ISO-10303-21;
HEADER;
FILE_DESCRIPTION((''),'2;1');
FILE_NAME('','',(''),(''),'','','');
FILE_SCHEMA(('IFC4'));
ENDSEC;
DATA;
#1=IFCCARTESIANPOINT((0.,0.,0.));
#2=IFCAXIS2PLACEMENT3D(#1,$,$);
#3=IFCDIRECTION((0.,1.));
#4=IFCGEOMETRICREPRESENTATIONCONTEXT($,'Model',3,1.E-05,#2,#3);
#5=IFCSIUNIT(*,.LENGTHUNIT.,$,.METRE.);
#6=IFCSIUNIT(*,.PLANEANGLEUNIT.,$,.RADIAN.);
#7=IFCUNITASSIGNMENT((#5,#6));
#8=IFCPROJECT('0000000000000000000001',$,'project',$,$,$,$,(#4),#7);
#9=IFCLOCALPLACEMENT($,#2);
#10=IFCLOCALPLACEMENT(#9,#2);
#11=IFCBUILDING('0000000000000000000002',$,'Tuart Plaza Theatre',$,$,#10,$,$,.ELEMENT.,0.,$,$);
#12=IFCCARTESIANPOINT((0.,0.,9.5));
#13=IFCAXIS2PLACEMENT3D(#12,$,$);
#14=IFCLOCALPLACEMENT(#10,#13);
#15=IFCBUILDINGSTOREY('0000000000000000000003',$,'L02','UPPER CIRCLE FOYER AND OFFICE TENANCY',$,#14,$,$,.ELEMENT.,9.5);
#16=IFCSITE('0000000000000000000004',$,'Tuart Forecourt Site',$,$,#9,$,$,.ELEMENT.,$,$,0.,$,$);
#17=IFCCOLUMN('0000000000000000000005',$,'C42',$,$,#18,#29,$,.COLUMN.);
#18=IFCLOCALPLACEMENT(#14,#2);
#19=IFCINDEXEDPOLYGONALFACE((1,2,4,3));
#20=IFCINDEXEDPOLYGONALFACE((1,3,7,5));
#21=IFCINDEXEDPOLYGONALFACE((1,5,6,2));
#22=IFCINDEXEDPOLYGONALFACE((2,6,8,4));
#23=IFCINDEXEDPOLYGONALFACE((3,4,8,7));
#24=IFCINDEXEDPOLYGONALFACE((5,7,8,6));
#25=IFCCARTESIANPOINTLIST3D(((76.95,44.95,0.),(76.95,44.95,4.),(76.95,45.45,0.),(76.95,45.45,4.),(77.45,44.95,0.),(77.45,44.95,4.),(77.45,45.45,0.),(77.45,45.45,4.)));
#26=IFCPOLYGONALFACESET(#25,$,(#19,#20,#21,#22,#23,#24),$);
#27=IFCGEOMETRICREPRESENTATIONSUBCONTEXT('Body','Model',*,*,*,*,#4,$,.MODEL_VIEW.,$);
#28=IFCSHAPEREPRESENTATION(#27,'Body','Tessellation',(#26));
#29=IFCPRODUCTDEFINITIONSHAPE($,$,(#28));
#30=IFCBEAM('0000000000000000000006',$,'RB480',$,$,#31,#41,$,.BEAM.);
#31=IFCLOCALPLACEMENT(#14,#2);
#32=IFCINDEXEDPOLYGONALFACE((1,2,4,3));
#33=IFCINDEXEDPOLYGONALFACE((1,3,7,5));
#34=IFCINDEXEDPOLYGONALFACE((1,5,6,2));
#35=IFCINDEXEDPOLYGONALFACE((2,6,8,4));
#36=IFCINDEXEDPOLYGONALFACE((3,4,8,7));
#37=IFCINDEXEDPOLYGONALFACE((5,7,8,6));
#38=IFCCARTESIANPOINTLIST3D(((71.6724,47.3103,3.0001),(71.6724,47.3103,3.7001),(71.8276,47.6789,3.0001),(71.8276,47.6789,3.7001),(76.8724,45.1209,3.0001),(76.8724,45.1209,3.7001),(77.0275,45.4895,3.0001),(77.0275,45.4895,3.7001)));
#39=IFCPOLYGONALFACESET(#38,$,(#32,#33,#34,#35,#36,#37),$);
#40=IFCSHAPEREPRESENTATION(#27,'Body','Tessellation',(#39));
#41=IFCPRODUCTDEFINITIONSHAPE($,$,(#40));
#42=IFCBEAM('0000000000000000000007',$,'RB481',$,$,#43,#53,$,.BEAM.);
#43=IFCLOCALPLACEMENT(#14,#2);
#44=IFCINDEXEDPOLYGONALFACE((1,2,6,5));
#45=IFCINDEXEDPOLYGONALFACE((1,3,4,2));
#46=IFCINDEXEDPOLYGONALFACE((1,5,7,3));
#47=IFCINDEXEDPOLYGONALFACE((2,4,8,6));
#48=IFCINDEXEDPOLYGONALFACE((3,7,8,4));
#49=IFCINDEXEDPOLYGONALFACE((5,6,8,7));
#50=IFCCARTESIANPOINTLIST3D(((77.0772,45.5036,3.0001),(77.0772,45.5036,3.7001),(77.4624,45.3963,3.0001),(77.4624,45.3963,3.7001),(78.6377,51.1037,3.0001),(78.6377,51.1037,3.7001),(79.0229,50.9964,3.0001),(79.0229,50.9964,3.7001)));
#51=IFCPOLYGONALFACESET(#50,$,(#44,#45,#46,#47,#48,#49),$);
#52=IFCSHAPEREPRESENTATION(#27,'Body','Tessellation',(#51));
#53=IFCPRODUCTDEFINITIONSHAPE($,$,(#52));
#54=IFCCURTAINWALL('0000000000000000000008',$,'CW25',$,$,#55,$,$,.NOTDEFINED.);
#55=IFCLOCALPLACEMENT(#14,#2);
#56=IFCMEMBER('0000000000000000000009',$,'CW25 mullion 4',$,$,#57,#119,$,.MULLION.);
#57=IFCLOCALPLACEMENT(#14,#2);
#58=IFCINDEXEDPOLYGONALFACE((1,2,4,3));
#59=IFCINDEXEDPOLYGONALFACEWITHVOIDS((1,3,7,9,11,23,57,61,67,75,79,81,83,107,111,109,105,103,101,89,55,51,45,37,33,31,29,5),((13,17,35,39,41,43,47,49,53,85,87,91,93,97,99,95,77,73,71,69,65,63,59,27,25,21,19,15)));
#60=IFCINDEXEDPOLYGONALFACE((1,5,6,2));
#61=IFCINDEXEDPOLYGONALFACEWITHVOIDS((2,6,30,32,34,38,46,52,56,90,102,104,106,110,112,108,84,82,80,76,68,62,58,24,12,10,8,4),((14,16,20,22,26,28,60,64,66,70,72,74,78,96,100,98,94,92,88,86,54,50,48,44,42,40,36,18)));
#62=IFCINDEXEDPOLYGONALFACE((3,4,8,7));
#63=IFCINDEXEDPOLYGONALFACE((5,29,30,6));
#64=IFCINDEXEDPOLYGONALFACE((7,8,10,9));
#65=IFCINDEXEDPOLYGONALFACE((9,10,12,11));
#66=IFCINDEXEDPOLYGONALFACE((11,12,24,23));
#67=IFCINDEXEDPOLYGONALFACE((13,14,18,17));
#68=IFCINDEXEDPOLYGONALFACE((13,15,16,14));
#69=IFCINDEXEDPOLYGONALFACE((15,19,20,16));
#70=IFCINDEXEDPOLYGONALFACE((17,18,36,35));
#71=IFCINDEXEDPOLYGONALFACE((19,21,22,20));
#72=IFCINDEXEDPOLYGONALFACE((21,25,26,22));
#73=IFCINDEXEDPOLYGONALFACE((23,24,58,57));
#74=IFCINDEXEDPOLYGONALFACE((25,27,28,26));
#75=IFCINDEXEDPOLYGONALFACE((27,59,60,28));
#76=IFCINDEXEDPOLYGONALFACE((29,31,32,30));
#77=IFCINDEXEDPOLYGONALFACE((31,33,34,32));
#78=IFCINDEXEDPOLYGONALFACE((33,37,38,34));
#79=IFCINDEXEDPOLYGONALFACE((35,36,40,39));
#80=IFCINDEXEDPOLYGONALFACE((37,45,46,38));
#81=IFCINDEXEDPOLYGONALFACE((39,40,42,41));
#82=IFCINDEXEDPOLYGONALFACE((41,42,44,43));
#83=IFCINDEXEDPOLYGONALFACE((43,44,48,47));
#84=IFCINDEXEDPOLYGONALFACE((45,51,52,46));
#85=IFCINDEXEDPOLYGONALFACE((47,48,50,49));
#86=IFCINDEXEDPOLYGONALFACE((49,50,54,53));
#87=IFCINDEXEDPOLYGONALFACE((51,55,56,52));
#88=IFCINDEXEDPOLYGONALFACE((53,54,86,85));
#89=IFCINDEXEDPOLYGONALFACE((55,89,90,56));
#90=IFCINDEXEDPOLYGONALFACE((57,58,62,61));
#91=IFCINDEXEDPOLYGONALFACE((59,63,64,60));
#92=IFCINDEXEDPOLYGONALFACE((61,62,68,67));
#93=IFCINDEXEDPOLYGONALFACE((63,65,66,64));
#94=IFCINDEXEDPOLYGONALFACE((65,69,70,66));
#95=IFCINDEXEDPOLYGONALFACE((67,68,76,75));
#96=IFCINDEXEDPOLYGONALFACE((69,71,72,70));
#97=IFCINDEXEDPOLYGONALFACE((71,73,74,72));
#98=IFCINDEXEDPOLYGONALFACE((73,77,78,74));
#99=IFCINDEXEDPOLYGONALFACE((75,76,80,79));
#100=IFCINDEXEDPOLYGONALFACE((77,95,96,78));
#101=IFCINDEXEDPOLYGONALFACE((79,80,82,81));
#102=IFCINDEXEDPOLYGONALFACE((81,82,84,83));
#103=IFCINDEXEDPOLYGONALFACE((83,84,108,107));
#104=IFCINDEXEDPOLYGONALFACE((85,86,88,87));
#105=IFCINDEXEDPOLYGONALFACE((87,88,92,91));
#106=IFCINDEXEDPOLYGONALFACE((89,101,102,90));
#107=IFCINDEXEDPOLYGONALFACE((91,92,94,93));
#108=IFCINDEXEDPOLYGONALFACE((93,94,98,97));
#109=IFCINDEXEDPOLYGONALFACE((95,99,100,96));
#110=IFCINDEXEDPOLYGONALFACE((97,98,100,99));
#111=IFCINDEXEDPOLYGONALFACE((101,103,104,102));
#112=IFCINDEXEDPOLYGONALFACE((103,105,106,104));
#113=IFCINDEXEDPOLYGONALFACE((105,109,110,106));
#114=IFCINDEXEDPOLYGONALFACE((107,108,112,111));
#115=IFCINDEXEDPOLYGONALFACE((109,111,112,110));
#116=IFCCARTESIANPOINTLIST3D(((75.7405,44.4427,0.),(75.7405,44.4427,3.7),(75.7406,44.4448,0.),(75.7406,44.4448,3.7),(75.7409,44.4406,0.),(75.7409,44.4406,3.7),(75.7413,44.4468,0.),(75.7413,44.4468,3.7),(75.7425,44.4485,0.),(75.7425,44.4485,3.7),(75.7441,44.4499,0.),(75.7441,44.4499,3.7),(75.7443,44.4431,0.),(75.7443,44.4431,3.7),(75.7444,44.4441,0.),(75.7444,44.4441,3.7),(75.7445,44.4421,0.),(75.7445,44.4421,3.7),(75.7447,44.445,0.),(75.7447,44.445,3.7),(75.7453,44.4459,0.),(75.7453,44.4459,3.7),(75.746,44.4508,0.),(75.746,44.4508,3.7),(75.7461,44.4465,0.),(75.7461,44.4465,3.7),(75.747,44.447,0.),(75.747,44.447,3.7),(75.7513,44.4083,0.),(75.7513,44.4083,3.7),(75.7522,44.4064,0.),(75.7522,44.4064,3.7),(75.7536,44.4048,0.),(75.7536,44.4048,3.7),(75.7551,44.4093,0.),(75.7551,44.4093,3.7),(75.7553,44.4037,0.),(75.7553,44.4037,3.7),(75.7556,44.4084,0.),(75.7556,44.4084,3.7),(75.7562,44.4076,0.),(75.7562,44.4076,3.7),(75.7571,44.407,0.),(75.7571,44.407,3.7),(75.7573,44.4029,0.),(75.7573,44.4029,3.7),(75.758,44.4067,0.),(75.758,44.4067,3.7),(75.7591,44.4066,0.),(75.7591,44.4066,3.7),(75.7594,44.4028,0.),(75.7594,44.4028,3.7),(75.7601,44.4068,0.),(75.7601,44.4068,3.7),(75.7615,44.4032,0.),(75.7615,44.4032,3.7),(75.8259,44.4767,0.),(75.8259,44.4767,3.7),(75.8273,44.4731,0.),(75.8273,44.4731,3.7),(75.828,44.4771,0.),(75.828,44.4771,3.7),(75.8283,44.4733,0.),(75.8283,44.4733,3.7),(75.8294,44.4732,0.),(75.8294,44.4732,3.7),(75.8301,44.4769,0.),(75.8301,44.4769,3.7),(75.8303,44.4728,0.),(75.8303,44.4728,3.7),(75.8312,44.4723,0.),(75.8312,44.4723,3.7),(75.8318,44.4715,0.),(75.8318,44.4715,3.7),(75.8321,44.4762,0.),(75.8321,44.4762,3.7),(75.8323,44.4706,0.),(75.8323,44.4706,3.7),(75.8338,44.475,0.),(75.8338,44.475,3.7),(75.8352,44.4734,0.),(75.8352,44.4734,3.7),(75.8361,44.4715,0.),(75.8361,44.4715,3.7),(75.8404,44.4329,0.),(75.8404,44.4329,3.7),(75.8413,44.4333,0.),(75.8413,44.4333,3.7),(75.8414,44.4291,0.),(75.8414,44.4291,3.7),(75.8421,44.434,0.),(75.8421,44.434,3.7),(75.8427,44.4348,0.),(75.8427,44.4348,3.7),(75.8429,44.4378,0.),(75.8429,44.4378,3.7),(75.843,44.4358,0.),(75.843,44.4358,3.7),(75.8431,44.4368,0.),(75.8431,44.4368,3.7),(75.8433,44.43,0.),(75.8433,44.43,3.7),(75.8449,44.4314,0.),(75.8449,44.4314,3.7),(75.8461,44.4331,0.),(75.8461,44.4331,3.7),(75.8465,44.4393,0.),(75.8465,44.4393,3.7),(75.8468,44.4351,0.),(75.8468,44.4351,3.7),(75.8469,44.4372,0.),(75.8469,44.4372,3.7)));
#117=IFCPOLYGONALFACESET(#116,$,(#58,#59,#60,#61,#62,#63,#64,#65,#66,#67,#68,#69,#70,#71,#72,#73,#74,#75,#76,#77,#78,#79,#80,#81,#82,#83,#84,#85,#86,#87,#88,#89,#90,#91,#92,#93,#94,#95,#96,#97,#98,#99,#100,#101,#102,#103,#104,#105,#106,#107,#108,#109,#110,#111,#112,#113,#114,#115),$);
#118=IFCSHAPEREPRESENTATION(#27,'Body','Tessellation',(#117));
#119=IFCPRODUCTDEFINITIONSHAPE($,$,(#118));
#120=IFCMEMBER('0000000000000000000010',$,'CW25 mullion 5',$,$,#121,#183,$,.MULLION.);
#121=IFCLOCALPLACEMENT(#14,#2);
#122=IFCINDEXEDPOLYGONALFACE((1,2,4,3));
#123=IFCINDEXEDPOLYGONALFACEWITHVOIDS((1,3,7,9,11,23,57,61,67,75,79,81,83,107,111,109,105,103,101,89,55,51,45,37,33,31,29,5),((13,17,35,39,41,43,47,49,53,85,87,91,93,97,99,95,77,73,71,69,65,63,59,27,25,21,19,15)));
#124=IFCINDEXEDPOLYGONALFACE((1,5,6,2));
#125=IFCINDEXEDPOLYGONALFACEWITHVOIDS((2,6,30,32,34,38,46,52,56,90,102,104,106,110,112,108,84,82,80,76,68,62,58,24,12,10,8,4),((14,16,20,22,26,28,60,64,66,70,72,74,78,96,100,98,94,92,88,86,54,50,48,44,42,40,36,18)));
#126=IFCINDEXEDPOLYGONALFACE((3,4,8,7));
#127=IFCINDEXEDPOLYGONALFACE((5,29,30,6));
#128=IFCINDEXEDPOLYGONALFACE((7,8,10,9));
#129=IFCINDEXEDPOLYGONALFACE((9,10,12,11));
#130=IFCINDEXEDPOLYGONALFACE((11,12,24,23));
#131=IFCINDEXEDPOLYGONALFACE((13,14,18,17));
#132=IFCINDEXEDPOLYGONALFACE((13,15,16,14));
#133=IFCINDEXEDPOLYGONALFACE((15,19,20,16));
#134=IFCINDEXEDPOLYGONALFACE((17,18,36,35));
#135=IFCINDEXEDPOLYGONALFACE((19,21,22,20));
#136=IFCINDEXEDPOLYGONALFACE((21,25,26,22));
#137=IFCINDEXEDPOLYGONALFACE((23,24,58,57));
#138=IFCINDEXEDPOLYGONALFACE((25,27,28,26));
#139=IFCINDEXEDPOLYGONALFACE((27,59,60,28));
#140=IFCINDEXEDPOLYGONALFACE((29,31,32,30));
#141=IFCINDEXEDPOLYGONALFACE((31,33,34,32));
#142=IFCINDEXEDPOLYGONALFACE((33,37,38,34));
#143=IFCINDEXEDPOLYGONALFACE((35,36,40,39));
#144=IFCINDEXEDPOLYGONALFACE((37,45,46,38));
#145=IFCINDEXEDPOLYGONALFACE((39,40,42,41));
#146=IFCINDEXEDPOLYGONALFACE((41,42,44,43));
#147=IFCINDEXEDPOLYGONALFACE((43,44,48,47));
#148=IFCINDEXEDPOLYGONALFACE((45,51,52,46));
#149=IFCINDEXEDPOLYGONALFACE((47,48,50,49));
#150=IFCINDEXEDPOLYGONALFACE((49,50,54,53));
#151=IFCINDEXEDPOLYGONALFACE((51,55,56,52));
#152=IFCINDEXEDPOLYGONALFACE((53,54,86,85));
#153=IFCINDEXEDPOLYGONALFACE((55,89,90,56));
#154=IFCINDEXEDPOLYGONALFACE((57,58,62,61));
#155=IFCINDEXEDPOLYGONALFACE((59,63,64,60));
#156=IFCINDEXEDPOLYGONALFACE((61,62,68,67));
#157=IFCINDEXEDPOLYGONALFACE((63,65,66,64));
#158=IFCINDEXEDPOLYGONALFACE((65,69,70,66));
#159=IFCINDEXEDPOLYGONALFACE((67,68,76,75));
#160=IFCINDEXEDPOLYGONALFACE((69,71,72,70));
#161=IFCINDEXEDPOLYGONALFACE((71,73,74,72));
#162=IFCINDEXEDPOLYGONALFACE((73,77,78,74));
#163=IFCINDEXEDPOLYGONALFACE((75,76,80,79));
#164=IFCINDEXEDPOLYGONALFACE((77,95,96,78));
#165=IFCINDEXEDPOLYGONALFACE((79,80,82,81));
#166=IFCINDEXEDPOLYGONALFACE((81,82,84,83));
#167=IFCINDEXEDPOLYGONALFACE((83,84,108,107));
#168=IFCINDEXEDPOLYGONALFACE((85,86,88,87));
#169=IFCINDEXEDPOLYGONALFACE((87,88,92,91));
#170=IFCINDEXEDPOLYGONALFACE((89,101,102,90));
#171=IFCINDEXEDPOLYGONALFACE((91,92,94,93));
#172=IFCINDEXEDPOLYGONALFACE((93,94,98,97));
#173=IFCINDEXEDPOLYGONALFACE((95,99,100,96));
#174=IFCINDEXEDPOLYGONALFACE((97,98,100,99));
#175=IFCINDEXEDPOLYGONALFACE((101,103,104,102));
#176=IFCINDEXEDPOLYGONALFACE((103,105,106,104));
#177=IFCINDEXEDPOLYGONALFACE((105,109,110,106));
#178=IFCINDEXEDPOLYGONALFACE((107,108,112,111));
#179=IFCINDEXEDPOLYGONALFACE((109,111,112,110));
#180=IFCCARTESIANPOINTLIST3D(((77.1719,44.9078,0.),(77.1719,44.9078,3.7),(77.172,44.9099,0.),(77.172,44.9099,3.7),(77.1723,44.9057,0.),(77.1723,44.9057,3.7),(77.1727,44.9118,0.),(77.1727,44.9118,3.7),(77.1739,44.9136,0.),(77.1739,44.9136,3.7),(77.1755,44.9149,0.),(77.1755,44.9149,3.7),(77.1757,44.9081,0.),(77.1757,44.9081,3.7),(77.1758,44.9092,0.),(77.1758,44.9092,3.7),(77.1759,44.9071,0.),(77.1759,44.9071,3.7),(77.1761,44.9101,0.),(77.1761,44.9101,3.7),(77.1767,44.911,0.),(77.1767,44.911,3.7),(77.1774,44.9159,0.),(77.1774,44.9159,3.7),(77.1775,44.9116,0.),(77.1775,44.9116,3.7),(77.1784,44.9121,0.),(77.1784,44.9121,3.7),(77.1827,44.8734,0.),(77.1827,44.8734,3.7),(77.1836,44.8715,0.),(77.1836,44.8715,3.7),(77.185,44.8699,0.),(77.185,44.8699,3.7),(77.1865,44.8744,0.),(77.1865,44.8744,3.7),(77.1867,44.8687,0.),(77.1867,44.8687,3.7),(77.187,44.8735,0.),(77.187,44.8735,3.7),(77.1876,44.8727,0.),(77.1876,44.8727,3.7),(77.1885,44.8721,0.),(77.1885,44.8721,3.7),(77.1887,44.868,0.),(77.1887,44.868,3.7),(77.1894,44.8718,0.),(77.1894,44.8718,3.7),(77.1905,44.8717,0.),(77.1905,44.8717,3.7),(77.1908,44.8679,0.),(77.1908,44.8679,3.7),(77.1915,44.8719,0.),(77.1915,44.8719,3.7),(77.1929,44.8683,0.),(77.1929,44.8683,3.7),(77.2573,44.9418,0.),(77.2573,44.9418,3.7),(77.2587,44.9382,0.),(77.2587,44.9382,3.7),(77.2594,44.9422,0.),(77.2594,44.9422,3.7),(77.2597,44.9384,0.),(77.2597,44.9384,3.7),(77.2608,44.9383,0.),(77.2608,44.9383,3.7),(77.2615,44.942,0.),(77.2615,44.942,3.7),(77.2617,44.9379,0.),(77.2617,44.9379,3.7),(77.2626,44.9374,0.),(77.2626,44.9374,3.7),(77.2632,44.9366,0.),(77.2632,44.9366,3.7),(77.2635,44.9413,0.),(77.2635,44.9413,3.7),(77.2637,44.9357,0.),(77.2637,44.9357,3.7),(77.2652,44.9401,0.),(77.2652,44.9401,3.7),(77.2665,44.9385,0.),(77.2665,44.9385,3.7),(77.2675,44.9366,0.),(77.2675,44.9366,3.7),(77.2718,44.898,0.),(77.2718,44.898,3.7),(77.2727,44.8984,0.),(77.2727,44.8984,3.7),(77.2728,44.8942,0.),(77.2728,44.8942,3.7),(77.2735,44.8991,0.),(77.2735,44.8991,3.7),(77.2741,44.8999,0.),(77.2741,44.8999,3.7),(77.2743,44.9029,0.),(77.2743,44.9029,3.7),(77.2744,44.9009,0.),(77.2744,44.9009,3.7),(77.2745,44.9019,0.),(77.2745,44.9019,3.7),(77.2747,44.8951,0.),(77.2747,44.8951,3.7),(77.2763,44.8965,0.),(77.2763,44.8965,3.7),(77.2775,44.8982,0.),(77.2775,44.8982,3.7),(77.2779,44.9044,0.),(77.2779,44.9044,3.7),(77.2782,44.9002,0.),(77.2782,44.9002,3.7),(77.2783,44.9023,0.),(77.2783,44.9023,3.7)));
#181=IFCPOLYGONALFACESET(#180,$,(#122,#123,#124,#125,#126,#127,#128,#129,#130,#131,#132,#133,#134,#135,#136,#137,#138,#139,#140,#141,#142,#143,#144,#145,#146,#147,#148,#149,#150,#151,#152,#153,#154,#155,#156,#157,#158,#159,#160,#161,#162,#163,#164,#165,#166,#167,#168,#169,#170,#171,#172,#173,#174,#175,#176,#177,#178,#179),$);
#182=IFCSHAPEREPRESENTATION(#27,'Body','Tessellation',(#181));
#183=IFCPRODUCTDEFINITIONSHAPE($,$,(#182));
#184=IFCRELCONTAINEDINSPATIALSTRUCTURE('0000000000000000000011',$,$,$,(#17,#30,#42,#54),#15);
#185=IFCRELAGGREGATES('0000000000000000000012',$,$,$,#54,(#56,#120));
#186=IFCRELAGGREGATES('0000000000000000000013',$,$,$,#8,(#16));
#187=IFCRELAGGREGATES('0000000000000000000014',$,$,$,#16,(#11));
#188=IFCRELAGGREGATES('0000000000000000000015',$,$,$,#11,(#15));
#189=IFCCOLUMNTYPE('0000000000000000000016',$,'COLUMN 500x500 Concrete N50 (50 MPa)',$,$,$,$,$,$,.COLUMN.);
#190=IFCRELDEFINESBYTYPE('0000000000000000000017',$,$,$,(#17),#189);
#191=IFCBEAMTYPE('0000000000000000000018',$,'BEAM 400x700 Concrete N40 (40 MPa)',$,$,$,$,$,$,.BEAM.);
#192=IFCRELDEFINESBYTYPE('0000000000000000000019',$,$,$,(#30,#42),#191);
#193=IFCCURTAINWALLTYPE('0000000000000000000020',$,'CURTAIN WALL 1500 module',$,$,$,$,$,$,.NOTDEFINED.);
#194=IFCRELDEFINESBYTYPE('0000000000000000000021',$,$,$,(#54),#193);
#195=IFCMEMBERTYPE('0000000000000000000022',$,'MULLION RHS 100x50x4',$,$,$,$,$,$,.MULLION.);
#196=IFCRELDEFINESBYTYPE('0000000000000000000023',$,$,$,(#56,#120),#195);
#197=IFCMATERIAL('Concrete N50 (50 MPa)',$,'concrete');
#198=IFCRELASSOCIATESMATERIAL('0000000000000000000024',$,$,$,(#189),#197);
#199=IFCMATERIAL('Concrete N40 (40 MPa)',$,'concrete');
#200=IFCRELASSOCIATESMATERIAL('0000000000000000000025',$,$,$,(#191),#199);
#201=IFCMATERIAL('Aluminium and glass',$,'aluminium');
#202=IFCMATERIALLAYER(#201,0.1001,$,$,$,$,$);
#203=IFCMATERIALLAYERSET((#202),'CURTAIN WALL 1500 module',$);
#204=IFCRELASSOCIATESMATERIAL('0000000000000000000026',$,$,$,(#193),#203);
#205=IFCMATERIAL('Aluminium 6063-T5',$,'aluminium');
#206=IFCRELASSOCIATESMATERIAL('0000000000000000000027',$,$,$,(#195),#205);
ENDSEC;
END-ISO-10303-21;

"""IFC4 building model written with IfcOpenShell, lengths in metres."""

from ifc_helpers import new_model, si_unit, direction, frame, origin, origin_2d, place, context, subcontext, project, spatial, rectangle, hollow_rectangle, extrude, material, layer, layer_set, material_profile, profile_set, type_object, element, aggregate, save


model = new_model("IFC4")

# Units and contexts
model_context = context("Model", 3, precision=1e-05, world=origin(), true_north=direction((0.0, 1.0)))
body_context = subcontext(model_context, "Body", "Model", "MODEL_VIEW")
ifc_project = project(units=[si_unit("LENGTHUNIT", "METRE"), si_unit("PLANEANGLEUNIT", "RADIAN")], contexts=[model_context])

# Site, building, storey
site_placement = place(None, origin())
site = spatial("IfcSite", under=ifc_project, at=site_placement, Name="Tuart Forecourt Site", CompositionType="ELEMENT", RefElevation=0.0)
building_placement = place(site_placement, origin())
building = spatial("IfcBuilding", under=site, at=building_placement, Name="Tuart Plaza Theatre", CompositionType="ELEMENT", ElevationOfRefHeight=0.0)
storey_placement = place(building_placement, frame((0.0, 0.0, 9.5)))
storey = spatial("IfcBuildingStorey", under=building, at=storey_placement, Name="L02", Description="UPPER CIRCLE FOYER AND OFFICE TENANCY", CompositionType="ELEMENT", Elevation=9.5)

# Column
ifc_material_1 = material(Name="Concrete N50 (50 MPa)", Category="concrete")
ifc_material_profile_1 = material_profile(ifc_material_1, rectangle(XDim=0.5, YDim=0.5, at=origin_2d()), Name="COLUMN 500x500 Concrete N50 (50 MPa)")
ifc_profile_set_1 = profile_set([ifc_material_profile_1], Name="Concrete N50 (50 MPa)")
column_type = type_object("IfcColumnType", Name="COLUMN 500x500 Concrete N50 (50 MPa)", PredefinedType="COLUMN", material=ifc_profile_set_1)
column_placement = place(storey_placement, frame((77.2, 45.2, 0.0), z_axis=(0.0, 0.0, 1.0), x_axis=(1.0, 0.0, 0.0)))
element("IfcColumn", 1, at=column_placement, inside=storey, type_object=column_type, Name="C42", PredefinedType="COLUMN", context=body_context, shape_type="SweptSolid", body=[
    extrude(rectangle(XDim=0.5, YDim=0.5, at=origin_2d()), origin(), (0.0, 0.0, 1.0), 4.0),
])

# Beams
ifc_material_2 = material(Name="Concrete N40 (40 MPa)", Category="concrete")
ifc_material_profile_2 = material_profile(ifc_material_2, rectangle(XDim=0.3999, YDim=0.7, at=origin_2d()), Name="BEAM 400x700 Concrete N40 (40 MPa)")
ifc_profile_set_2 = profile_set([ifc_material_profile_2], Name="Concrete N40 (40 MPa)")
beam_type = type_object("IfcBeamType", Name="BEAM 400x700 Concrete N40 (40 MPa)", PredefinedType="BEAM", material=ifc_profile_set_2)
beam_1_placement = place(storey_placement, frame((76.95, 45.3052, 3.3501), z_axis=(-0.921635, 0.388057, 0.0), x_axis=(-0.388057, -0.921635, 0.0)))
element("IfcBeam", 2, at=beam_1_placement, inside=storey, type_object=beam_type, Name="RB480", PredefinedType="BEAM", context=body_context, shape_type="SweptSolid", body=[
    extrude(rectangle(XDim=0.3999, YDim=0.7, at=origin_2d()), origin(), (0.0, 0.0, 1.0), 5.6421),
])
beam_2_placement = place(storey_placement, frame((77.2698, 45.45, 3.3501), z_axis=(0.268437, 0.963297, 0.0), x_axis=(-0.963297, 0.268437, 0.0)))
element("IfcBeam", 3, at=beam_2_placement, inside=storey, type_object=beam_type, Name="RB481", PredefinedType="BEAM", context=body_context, shape_type="SweptSolid", body=[
    extrude(rectangle(XDim=0.3999, YDim=0.7, at=origin_2d()), origin(), (0.0, 0.0, 1.0), 5.8135),
])

# Curtain wall, members
ifc_material_3 = material(Name="Aluminium and glass", Category="aluminium")
ifc_layer_1 = layer(ifc_material_3, 0.1001)
ifc_layer_set_1 = layer_set([ifc_layer_1], Name="CURTAIN WALL 1500 module")
curtain_wall_type = type_object("IfcCurtainWallType", Name="CURTAIN WALL 1500 module", PredefinedType="NOTDEFINED", material=ifc_layer_set_1)
curtain_wall_1_placement = place(storey_placement, origin())
curtain_wall_1 = element("IfcCurtainWall", 4, at=curtain_wall_1_placement, inside=storey, type_object=curtain_wall_type, Name="CW25", PredefinedType="NOTDEFINED")
ifc_material_4 = material(Name="Aluminium 6063-T5", Category="aluminium")
ifc_material_profile_3 = material_profile(ifc_material_4, hollow_rectangle(XDim=0.05, YDim=0.1001, WallThickness=0.0039, InnerFilletRadius=0.0039, OuterFilletRadius=0.0081, at=origin_2d()), Name="RHS 100x50x4")
ifc_profile_set_3 = profile_set([ifc_material_profile_3], Name="Aluminium 6063-T5")
member_type_1 = type_object("IfcMemberType", Name="MULLION RHS 100x50x4", PredefinedType="MULLION", material=ifc_profile_set_3)
member_1_placement = place(storey_placement, frame((75.7937, 44.4399, 0.0), z_axis=(0.0, 0.0, 1.0), x_axis=(-0.308986, 0.951067, 0.0)))
member_1 = element("IfcMember", 5, at=member_1_placement, type_object=member_type_1, Name="CW25 mullion 4", PredefinedType="MULLION", context=body_context, shape_type="SweptSolid", body=[
    extrude(hollow_rectangle(XDim=0.05, YDim=0.1001, WallThickness=0.0039, InnerFilletRadius=0.0039, OuterFilletRadius=0.0081, at=origin_2d()), origin(), (0.0, 0.0, 1.0), 3.7),
])
member_2_placement = place(storey_placement, frame((77.2251, 44.905, 0.0), z_axis=(0.0, 0.0, 1.0), x_axis=(-0.308986, 0.951067, 0.0)))
member_2 = element("IfcMember", 6, at=member_2_placement, type_object=member_type_1, Name="CW25 mullion 5", PredefinedType="MULLION", context=body_context, shape_type="SweptSolid", body=[
    extrude(hollow_rectangle(XDim=0.05, YDim=0.1001, WallThickness=0.0039, InnerFilletRadius=0.0039, OuterFilletRadius=0.0081, at=origin_2d()), origin(), (0.0, 0.0, 1.0), 3.7),
])

aggregate(curtain_wall_1, [member_1, member_2])

save(model, "model.ifc")
